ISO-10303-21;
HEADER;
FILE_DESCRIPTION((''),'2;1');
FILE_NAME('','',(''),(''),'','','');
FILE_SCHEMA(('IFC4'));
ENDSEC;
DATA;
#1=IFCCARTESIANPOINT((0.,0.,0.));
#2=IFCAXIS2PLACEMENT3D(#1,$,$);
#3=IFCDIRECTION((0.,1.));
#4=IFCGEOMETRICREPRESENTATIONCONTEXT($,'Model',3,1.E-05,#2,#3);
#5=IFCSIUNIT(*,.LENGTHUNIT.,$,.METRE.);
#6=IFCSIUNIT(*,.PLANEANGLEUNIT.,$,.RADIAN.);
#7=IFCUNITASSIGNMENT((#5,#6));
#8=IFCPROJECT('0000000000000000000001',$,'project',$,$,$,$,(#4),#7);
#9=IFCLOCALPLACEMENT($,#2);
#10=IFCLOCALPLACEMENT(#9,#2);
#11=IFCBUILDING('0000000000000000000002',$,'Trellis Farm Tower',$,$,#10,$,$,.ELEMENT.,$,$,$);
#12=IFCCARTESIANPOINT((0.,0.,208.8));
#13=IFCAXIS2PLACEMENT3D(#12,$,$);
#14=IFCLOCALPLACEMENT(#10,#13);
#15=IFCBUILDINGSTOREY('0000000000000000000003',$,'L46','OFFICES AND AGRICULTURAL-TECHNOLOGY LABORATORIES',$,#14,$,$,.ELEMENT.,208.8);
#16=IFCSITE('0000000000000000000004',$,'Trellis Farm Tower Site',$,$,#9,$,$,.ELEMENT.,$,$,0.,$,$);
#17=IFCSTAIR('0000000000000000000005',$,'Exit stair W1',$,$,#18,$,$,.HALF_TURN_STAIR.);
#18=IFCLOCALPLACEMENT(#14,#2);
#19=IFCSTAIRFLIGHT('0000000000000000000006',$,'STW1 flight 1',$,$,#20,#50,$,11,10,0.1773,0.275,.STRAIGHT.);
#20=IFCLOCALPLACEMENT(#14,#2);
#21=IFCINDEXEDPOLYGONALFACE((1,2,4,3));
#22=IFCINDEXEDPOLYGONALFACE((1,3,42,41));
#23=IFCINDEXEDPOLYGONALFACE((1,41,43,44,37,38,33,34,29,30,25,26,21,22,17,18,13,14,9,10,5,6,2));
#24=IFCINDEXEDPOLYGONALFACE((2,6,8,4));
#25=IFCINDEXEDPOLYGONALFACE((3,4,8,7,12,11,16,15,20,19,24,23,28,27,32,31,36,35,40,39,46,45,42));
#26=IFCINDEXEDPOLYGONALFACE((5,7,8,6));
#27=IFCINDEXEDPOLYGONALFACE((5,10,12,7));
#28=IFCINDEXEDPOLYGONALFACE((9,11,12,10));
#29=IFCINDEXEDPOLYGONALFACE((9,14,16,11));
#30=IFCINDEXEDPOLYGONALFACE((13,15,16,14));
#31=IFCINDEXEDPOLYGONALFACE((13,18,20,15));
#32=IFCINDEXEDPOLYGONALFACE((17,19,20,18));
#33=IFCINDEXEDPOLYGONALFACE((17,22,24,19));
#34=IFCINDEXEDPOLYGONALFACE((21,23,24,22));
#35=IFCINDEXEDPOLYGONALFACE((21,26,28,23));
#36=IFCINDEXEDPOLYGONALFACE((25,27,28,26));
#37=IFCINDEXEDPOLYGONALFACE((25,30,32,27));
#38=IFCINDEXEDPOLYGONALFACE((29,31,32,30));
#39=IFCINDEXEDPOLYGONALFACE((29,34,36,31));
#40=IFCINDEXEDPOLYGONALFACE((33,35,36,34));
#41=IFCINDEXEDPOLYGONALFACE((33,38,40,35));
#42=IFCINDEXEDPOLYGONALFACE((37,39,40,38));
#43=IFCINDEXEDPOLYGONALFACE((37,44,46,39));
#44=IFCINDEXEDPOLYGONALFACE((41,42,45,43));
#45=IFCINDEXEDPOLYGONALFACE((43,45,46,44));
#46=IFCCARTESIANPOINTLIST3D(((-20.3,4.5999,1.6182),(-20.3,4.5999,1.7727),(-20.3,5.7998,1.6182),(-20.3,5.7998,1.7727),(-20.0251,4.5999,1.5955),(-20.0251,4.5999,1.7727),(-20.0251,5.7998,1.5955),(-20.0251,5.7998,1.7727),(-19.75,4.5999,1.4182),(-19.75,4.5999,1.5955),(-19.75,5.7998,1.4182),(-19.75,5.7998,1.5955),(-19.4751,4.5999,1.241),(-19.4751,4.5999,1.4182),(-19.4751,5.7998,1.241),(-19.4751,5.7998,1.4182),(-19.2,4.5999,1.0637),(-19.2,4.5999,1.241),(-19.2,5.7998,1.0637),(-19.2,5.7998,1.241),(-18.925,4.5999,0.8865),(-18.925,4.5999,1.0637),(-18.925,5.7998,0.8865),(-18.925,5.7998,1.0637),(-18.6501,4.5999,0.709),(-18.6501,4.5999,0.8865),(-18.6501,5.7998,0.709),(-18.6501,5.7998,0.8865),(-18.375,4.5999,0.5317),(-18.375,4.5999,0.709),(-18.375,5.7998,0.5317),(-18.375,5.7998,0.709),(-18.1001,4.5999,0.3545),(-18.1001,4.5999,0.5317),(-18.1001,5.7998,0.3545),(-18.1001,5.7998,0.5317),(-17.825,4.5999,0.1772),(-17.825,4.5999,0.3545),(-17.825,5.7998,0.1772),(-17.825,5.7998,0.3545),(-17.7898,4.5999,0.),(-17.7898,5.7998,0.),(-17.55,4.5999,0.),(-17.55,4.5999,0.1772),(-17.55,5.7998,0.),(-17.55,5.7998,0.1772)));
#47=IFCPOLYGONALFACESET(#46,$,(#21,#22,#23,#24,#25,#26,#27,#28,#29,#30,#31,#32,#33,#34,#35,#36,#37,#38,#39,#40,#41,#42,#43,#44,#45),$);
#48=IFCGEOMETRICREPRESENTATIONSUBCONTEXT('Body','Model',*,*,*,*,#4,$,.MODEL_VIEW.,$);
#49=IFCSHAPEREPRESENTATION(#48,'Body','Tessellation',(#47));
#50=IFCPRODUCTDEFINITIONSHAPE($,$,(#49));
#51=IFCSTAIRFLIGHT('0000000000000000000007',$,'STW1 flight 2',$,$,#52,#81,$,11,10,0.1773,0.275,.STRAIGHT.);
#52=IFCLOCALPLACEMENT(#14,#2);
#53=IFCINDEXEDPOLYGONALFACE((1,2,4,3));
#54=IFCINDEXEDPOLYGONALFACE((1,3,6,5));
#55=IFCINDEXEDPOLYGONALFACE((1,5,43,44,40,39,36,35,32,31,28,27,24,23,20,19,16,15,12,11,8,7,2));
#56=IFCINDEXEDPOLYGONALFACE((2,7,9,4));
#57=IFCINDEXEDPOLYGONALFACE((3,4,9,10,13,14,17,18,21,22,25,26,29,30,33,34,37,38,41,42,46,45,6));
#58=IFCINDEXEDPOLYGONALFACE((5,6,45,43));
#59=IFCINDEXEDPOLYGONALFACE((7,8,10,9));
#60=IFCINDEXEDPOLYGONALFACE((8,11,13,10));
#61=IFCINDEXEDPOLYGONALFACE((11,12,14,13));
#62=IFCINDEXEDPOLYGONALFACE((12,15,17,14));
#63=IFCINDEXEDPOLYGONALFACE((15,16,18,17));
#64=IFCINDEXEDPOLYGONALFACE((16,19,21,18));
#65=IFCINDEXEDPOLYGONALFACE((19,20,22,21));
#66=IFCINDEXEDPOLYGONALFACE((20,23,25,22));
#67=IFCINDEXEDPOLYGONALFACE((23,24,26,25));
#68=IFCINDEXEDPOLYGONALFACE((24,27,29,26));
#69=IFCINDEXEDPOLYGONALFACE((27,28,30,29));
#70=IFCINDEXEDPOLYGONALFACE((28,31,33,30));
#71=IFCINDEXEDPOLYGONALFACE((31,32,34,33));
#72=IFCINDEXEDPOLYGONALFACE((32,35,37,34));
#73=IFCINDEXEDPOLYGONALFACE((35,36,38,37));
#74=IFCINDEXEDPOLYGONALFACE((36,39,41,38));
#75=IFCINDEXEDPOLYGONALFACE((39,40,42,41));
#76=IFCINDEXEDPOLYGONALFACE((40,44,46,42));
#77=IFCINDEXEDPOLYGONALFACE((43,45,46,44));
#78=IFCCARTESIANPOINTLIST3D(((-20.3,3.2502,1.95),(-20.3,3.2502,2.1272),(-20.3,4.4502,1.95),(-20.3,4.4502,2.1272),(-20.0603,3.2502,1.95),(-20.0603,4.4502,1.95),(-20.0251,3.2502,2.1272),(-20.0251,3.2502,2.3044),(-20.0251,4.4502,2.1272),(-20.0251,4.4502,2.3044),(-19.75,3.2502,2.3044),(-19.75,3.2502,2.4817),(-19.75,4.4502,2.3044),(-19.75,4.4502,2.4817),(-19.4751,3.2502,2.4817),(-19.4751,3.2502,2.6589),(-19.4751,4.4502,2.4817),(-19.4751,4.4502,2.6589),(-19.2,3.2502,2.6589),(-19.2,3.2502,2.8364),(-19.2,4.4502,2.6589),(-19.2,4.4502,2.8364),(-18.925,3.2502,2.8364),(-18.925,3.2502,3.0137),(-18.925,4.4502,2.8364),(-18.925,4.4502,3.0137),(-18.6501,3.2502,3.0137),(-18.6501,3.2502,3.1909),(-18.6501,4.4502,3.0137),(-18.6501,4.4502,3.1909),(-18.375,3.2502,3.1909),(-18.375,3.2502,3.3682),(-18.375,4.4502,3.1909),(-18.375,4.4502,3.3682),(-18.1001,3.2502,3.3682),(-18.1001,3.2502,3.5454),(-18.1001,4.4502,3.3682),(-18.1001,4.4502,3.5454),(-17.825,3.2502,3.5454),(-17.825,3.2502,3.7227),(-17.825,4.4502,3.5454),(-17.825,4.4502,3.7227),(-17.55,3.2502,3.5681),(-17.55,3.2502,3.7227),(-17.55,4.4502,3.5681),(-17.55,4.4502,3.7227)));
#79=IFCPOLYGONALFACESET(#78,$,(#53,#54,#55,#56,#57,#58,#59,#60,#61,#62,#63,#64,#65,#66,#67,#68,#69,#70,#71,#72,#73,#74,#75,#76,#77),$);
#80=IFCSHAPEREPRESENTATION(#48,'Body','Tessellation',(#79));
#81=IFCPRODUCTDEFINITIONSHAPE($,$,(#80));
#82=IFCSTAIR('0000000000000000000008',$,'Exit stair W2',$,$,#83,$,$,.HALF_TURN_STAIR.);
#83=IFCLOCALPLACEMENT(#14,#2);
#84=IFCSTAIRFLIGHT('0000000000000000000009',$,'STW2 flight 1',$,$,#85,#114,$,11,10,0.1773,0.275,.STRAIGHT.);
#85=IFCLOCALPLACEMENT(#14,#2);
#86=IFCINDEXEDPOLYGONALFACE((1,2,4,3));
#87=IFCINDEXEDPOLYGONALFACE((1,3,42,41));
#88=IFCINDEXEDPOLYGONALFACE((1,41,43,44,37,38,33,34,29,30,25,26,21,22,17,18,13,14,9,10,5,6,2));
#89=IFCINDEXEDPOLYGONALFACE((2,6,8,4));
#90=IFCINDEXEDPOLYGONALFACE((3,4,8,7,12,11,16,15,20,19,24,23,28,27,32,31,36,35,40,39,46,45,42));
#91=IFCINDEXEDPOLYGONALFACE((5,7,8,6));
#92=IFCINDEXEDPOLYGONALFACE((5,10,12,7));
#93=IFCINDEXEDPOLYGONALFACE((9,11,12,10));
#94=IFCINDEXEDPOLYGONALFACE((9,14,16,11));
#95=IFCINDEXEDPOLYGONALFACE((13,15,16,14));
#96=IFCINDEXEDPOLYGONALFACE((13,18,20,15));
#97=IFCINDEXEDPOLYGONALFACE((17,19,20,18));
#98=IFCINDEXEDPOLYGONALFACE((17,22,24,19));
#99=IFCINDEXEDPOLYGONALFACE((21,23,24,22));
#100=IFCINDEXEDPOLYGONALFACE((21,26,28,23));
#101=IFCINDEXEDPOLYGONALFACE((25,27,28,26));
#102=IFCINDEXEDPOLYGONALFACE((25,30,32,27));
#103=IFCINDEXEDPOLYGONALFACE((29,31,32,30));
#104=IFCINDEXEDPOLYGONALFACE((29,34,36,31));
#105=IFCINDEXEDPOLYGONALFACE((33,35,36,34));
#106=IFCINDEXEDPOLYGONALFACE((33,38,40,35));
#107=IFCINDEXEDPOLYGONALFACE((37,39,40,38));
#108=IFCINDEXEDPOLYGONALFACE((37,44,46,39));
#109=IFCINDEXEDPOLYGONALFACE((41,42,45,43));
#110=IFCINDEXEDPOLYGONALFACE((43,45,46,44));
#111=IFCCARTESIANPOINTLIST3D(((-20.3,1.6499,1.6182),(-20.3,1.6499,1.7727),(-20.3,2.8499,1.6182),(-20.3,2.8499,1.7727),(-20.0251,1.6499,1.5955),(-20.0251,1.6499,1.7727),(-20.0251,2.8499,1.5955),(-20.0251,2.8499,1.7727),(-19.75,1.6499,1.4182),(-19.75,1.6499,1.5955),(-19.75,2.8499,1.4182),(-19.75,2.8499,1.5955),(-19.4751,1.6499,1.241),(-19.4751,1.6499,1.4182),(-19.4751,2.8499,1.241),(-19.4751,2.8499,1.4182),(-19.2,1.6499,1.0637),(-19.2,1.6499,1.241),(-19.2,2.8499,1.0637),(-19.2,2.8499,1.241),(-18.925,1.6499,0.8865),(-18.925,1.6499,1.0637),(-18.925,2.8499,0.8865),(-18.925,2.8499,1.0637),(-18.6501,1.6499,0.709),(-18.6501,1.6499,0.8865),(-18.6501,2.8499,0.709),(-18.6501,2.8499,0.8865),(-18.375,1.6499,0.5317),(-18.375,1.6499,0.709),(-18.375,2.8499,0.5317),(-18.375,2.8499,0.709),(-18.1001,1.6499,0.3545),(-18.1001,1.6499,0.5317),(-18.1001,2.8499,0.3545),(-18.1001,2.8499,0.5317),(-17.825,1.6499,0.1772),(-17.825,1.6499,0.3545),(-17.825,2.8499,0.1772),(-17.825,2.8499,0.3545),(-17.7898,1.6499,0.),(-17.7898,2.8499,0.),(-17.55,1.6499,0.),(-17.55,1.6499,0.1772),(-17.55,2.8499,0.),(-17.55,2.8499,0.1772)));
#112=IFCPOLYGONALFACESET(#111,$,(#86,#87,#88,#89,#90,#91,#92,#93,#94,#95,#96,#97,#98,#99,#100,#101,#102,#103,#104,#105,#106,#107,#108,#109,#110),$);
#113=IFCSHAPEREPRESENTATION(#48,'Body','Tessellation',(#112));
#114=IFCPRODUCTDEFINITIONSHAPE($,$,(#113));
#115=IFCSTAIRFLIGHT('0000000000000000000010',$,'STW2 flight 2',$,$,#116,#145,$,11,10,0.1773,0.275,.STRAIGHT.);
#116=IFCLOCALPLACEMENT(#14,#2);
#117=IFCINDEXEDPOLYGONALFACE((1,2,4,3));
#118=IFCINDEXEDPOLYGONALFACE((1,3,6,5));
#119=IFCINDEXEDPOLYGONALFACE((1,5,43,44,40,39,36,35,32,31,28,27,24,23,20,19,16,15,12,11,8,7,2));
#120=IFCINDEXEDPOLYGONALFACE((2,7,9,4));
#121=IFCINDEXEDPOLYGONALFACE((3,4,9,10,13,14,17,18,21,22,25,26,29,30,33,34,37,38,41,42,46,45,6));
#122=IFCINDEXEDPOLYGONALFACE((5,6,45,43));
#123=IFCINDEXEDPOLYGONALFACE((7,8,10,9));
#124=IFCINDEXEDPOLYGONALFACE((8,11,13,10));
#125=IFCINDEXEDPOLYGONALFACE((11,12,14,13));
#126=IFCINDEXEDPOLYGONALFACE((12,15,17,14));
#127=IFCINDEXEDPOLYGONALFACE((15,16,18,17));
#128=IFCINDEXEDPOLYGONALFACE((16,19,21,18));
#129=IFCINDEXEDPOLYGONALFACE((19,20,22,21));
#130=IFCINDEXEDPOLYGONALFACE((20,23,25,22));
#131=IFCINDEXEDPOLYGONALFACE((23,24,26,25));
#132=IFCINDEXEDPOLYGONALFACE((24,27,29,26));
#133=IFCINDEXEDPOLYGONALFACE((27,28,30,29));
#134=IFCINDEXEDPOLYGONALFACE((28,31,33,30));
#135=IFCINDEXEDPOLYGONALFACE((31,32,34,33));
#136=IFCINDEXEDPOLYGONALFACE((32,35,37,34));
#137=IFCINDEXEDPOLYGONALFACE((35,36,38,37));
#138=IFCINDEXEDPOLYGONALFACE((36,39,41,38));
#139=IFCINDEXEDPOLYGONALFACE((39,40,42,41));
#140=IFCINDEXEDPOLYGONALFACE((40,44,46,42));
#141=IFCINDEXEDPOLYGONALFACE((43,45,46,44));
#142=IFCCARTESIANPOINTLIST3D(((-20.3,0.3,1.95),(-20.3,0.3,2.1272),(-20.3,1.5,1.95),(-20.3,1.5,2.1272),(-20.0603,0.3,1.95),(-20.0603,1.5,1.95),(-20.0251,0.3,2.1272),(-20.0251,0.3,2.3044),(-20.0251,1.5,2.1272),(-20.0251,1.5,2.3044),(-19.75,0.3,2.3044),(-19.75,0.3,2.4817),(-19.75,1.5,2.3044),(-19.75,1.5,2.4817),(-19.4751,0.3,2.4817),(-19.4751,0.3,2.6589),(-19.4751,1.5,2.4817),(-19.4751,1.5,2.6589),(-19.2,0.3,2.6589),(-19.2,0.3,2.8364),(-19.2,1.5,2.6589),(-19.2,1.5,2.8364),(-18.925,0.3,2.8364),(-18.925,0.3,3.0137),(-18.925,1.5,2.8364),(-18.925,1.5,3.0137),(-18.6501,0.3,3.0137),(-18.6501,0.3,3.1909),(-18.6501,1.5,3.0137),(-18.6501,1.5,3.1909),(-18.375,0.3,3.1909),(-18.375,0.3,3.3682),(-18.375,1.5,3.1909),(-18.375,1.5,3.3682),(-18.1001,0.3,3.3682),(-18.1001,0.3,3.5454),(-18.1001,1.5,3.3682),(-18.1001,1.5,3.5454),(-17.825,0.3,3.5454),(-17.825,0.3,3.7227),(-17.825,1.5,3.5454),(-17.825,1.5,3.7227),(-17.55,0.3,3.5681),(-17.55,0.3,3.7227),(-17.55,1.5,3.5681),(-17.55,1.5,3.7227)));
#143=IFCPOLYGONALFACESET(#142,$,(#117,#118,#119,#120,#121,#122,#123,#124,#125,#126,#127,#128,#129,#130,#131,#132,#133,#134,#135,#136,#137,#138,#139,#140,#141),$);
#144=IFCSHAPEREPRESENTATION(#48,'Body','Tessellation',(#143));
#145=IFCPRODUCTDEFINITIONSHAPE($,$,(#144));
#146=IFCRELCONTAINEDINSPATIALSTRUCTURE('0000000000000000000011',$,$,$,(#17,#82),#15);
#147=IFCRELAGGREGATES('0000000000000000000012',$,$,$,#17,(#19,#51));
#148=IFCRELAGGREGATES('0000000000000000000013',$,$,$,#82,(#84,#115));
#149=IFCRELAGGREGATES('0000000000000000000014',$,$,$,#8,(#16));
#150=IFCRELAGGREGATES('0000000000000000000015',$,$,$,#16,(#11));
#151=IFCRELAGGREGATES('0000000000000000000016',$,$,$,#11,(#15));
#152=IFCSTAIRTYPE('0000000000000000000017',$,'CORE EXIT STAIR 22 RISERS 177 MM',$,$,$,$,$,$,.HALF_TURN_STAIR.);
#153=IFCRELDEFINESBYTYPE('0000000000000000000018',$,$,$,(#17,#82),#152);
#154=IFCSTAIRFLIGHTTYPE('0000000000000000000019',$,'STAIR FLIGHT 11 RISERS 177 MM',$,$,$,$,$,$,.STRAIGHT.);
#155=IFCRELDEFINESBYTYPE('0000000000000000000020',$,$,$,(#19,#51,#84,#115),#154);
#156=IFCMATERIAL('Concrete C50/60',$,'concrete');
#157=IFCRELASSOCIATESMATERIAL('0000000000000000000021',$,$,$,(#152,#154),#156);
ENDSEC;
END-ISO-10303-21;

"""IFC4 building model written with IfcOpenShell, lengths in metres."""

from ifc_helpers import new_model, si_unit, direction, frame, origin, place, context, subcontext, project, spatial, polyline, outline, extrude, source, transform, mapped, material, type_object, element, aggregate, save


model = new_model("IFC4")

# Units and contexts
model_context = context("Model", 3, precision=1e-05, world=origin(), true_north=direction((0.0, 1.0)))
body_context = subcontext(model_context, "Body", "Model", "MODEL_VIEW")
ifc_project = project(units=[si_unit("LENGTHUNIT", "METRE"), si_unit("PLANEANGLEUNIT", "RADIAN")], contexts=[model_context])

# Site, building, storey
site_placement = place(None, origin())
site = spatial("IfcSite", under=ifc_project, at=site_placement, Name="Trellis Farm Tower Site", CompositionType="ELEMENT", RefElevation=0.0)
building_placement = place(site_placement, origin())
building = spatial("IfcBuilding", under=site, at=building_placement, Name="Trellis Farm Tower", CompositionType="ELEMENT")
storey_placement = place(building_placement, frame((0.0, 0.0, 208.8)))
storey = spatial("IfcBuildingStorey", under=building, at=storey_placement, Name="L46", Description="OFFICES AND AGRICULTURAL-TECHNOLOGY LABORATORIES", CompositionType="ELEMENT", Elevation=208.8)

# Shared definitions
placement = place(storey_placement, origin())

# Stairs, stair flights
ifc_material_1 = material(Name="Concrete C50/60", Category="concrete")
stair_type = type_object("IfcStairType", Name="CORE EXIT STAIR 22 RISERS 177 MM", PredefinedType="HALF_TURN_STAIR", material=ifc_material_1)
stair_1 = element("IfcStair", 1, at=placement, inside=storey, type_object=stair_type, Name="Exit stair W1", PredefinedType="HALF_TURN_STAIR")
stair_flight_type = type_object("IfcStairFlightType", Name="STAIR FLIGHT 11 RISERS 177 MM", PredefinedType="STRAIGHT", material=ifc_material_1)
shared_shape_1 = source(origin(), body_context, "Body", "SweptSolid", [
    extrude(outline(polyline([(0.0, 0.0), (0.0, 0.1772), (0.2749, 0.1772), (0.2749, 0.3545), (0.55, 0.3545), (0.55, 0.5317), (0.825, 0.5317), (0.825, 0.709), (1.1001, 0.709), (1.1001, 0.8865), (1.375, 0.8865), (1.375, 1.0637), (1.6499, 1.0637), (1.6499, 1.241), (1.925, 1.241), (1.925, 1.4182), (2.2, 1.4182), (2.2, 1.5955), (2.4751, 1.5955), (2.4751, 1.7727), (2.75, 1.7727), (2.75, 1.95), (2.75, 1.6182), (0.2397, 0.0), (0.0, 0.0)])), frame((0.0, 0.6001, 0.0), z_axis=(0.0, -1.0, 0.0), x_axis=(1.0, 0.0, 0.0)), (0.0, 0.0, 1.0), 1.2),
])
stair_flight_1_placement = place(storey_placement, frame((-17.55, 5.2, 0.0), z_axis=(0.0, 0.0, 1.0), x_axis=(-1.0, 0.0, 0.0)))
stair_flight_1 = element("IfcStairFlight", 2, at=stair_flight_1_placement, type_object=stair_flight_type, Name="STW1 flight 1", NumberOfRisers=11, NumberOfTreads=10, PredefinedType="STRAIGHT", RiserHeight=0.1773, TreadLength=0.275, context=body_context, shape_type="MappedRepresentation", body=[
    mapped(shared_shape_1, transform((0.0, 0.0, 0.0))),
])
stair_flight_2_placement = place(storey_placement, frame((-20.3, 3.8501, 1.95), z_axis=(0.0, 0.0, 1.0), x_axis=(1.0, 0.0, 0.0)))
stair_flight_2 = element("IfcStairFlight", 3, at=stair_flight_2_placement, type_object=stair_flight_type, Name="STW1 flight 2", NumberOfRisers=11, NumberOfTreads=10, PredefinedType="STRAIGHT", RiserHeight=0.1773, TreadLength=0.275, context=body_context, shape_type="MappedRepresentation", body=[
    mapped(shared_shape_1, transform((0.0, 0.0, 0.0))),
])
aggregate(stair_1, [stair_flight_1, stair_flight_2])
stair_2 = element("IfcStair", 4, at=placement, inside=storey, type_object=stair_type, Name="Exit stair W2", PredefinedType="HALF_TURN_STAIR")
stair_flight_3_placement = place(storey_placement, frame((-17.55, 2.25, 0.0), z_axis=(0.0, 0.0, 1.0), x_axis=(-1.0, 0.0, 0.0)))
stair_flight_3 = element("IfcStairFlight", 5, at=stair_flight_3_placement, type_object=stair_flight_type, Name="STW2 flight 1", NumberOfRisers=11, NumberOfTreads=10, PredefinedType="STRAIGHT", RiserHeight=0.1773, TreadLength=0.275, context=body_context, shape_type="MappedRepresentation", body=[
    mapped(shared_shape_1, transform((0.0, 0.0, 0.0))),
])
stair_flight_4_placement = place(storey_placement, frame((-20.3, 0.8999, 1.95), z_axis=(0.0, 0.0, 1.0), x_axis=(1.0, 0.0, 0.0)))
stair_flight_4 = element("IfcStairFlight", 6, at=stair_flight_4_placement, type_object=stair_flight_type, Name="STW2 flight 2", NumberOfRisers=11, NumberOfTreads=10, PredefinedType="STRAIGHT", RiserHeight=0.1773, TreadLength=0.275, context=body_context, shape_type="MappedRepresentation", body=[
    mapped(shared_shape_1, transform((0.0, 0.0, 0.0))),
])
aggregate(stair_2, [stair_flight_3, stair_flight_4])

save(model, "model.ifc")
